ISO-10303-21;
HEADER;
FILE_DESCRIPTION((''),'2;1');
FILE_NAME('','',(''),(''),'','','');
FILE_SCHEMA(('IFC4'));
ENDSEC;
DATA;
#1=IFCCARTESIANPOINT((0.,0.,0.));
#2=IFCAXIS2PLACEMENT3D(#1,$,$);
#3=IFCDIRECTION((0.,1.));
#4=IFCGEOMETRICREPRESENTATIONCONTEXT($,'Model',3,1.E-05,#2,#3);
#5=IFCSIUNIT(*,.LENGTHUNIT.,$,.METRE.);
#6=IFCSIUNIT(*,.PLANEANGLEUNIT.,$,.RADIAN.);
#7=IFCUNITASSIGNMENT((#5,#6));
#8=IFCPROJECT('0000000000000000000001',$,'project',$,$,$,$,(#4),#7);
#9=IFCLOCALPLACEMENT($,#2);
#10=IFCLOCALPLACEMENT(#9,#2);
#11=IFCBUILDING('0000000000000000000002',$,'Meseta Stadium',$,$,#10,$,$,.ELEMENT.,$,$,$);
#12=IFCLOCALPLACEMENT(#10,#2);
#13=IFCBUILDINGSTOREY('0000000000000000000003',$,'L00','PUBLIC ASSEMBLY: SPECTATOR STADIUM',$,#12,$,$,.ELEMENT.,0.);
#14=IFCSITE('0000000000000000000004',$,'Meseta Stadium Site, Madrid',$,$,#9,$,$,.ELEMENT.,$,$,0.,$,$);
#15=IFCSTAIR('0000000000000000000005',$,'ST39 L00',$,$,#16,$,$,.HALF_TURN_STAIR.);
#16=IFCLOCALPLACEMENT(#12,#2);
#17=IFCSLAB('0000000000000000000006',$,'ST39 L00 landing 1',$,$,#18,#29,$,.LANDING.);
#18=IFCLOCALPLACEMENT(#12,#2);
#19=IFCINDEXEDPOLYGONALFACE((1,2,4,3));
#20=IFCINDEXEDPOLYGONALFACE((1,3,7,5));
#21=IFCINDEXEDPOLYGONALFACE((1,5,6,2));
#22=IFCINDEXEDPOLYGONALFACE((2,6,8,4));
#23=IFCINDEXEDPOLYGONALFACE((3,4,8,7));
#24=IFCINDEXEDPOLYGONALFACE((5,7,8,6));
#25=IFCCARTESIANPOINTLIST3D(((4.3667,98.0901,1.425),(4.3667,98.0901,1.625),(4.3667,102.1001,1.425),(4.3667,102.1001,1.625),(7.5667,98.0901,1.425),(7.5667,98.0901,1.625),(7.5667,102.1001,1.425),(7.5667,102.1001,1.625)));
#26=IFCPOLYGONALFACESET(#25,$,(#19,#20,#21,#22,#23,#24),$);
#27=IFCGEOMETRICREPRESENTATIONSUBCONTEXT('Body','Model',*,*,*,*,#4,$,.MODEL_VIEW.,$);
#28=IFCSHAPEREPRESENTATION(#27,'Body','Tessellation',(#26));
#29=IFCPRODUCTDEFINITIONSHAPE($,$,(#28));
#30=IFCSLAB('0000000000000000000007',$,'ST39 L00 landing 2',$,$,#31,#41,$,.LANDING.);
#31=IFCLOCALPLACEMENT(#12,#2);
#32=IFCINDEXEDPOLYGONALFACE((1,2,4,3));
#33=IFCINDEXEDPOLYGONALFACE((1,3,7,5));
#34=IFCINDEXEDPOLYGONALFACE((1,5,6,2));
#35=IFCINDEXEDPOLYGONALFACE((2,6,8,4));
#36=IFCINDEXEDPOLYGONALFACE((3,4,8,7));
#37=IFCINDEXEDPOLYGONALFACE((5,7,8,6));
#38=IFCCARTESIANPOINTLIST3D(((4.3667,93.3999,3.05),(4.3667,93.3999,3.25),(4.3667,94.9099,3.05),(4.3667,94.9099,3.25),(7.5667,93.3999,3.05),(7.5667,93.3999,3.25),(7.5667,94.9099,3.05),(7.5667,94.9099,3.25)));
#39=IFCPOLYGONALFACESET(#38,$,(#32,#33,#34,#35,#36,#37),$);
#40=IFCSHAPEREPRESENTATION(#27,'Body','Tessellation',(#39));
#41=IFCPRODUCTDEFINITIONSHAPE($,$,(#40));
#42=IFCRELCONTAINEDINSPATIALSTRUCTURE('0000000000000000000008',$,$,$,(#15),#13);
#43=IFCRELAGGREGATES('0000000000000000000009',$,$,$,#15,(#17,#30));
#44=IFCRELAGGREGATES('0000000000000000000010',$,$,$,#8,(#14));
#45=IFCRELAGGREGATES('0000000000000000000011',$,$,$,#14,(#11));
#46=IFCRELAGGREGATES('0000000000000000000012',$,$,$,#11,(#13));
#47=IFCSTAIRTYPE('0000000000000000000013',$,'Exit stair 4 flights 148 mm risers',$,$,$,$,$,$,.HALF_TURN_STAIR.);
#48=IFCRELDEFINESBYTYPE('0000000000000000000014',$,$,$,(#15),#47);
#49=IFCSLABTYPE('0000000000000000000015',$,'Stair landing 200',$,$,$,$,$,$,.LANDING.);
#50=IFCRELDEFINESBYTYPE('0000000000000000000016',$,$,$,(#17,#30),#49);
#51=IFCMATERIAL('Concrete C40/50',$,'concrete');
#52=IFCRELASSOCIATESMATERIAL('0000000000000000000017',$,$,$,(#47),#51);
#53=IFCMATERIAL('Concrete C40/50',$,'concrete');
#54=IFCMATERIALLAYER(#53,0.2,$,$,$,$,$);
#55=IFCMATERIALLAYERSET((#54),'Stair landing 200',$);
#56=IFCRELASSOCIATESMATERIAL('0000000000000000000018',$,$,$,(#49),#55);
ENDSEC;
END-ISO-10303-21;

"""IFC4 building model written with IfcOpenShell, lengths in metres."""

from ifc_helpers import new_model, si_unit, direction, frame, origin, place, context, subcontext, project, spatial, polyline, outline, extrude, material, layer, layer_set, type_object, element, aggregate, save


model = new_model("IFC4")

# Units and contexts
model_context = context("Model", 3, precision=1e-05, world=origin(), true_north=direction((0.0, 1.0)))
body_context = subcontext(model_context, "Body", "Model", "MODEL_VIEW")
ifc_project = project(units=[si_unit("LENGTHUNIT", "METRE"), si_unit("PLANEANGLEUNIT", "RADIAN")], contexts=[model_context])

# Site, building, storey
site_placement = place(None, origin())
site = spatial("IfcSite", under=ifc_project, at=site_placement, Name="Meseta Stadium Site, Madrid", CompositionType="ELEMENT", RefElevation=0.0)
building_placement = place(site_placement, origin())
building = spatial("IfcBuilding", under=site, at=building_placement, Name="Meseta Stadium", CompositionType="ELEMENT")
storey_placement = place(building_placement, origin())
storey = spatial("IfcBuildingStorey", under=building, at=storey_placement, Name="L00", Description="PUBLIC ASSEMBLY: SPECTATOR STADIUM", CompositionType="ELEMENT", Elevation=0.0)

# Stair, slabs
ifc_material_1 = material(Name="Concrete C40/50", Category="concrete")
stair_type = type_object("IfcStairType", Name="Exit stair 4 flights 148 mm risers", PredefinedType="HALF_TURN_STAIR", material=ifc_material_1)
ifc_material_2 = material(Name="Concrete C40/50", Category="concrete")
ifc_layer = layer(ifc_material_2, 0.2)
ifc_layer_set = layer_set([ifc_layer], Name="Stair landing 200")
slab_type = type_object("IfcSlabType", Name="Stair landing 200", PredefinedType="LANDING", material=ifc_layer_set)
stair_1_placement = place(storey_placement, origin())
stair_1 = element("IfcStair", 1, at=stair_1_placement, inside=storey, type_object=stair_type, Name="ST39 L00", PredefinedType="HALF_TURN_STAIR")
slab_1_placement = place(storey_placement, frame((0.0, 0.0, 1.425)))
slab_1 = element("IfcSlab", 2, at=slab_1_placement, type_object=slab_type, Name="ST39 L00 landing 1", PredefinedType="LANDING", context=body_context, shape_type="SweptSolid", body=[
    extrude(outline(polyline([(7.5667, 98.0901), (7.5667, 102.1001), (4.3667, 102.1001), (4.3667, 98.0901), (7.5667, 98.0901)])), origin(), (0.0, 0.0, 1.0), 0.2),
])
slab_2_placement = place(storey_placement, frame((0.0, 0.0, 3.05)))
slab_2 = element("IfcSlab", 3, at=slab_2_placement, type_object=slab_type, Name="ST39 L00 landing 2", PredefinedType="LANDING", context=body_context, shape_type="SweptSolid", body=[
    extrude(outline(polyline([(7.5667, 93.3999), (7.5667, 94.9099), (4.3667, 94.9099), (4.3667, 93.3999), (7.5667, 93.3999)])), origin(), (0.0, 0.0, 1.0), 0.2),
])
aggregate(stair_1, [slab_1, slab_2])

save(model, "model.ifc")
